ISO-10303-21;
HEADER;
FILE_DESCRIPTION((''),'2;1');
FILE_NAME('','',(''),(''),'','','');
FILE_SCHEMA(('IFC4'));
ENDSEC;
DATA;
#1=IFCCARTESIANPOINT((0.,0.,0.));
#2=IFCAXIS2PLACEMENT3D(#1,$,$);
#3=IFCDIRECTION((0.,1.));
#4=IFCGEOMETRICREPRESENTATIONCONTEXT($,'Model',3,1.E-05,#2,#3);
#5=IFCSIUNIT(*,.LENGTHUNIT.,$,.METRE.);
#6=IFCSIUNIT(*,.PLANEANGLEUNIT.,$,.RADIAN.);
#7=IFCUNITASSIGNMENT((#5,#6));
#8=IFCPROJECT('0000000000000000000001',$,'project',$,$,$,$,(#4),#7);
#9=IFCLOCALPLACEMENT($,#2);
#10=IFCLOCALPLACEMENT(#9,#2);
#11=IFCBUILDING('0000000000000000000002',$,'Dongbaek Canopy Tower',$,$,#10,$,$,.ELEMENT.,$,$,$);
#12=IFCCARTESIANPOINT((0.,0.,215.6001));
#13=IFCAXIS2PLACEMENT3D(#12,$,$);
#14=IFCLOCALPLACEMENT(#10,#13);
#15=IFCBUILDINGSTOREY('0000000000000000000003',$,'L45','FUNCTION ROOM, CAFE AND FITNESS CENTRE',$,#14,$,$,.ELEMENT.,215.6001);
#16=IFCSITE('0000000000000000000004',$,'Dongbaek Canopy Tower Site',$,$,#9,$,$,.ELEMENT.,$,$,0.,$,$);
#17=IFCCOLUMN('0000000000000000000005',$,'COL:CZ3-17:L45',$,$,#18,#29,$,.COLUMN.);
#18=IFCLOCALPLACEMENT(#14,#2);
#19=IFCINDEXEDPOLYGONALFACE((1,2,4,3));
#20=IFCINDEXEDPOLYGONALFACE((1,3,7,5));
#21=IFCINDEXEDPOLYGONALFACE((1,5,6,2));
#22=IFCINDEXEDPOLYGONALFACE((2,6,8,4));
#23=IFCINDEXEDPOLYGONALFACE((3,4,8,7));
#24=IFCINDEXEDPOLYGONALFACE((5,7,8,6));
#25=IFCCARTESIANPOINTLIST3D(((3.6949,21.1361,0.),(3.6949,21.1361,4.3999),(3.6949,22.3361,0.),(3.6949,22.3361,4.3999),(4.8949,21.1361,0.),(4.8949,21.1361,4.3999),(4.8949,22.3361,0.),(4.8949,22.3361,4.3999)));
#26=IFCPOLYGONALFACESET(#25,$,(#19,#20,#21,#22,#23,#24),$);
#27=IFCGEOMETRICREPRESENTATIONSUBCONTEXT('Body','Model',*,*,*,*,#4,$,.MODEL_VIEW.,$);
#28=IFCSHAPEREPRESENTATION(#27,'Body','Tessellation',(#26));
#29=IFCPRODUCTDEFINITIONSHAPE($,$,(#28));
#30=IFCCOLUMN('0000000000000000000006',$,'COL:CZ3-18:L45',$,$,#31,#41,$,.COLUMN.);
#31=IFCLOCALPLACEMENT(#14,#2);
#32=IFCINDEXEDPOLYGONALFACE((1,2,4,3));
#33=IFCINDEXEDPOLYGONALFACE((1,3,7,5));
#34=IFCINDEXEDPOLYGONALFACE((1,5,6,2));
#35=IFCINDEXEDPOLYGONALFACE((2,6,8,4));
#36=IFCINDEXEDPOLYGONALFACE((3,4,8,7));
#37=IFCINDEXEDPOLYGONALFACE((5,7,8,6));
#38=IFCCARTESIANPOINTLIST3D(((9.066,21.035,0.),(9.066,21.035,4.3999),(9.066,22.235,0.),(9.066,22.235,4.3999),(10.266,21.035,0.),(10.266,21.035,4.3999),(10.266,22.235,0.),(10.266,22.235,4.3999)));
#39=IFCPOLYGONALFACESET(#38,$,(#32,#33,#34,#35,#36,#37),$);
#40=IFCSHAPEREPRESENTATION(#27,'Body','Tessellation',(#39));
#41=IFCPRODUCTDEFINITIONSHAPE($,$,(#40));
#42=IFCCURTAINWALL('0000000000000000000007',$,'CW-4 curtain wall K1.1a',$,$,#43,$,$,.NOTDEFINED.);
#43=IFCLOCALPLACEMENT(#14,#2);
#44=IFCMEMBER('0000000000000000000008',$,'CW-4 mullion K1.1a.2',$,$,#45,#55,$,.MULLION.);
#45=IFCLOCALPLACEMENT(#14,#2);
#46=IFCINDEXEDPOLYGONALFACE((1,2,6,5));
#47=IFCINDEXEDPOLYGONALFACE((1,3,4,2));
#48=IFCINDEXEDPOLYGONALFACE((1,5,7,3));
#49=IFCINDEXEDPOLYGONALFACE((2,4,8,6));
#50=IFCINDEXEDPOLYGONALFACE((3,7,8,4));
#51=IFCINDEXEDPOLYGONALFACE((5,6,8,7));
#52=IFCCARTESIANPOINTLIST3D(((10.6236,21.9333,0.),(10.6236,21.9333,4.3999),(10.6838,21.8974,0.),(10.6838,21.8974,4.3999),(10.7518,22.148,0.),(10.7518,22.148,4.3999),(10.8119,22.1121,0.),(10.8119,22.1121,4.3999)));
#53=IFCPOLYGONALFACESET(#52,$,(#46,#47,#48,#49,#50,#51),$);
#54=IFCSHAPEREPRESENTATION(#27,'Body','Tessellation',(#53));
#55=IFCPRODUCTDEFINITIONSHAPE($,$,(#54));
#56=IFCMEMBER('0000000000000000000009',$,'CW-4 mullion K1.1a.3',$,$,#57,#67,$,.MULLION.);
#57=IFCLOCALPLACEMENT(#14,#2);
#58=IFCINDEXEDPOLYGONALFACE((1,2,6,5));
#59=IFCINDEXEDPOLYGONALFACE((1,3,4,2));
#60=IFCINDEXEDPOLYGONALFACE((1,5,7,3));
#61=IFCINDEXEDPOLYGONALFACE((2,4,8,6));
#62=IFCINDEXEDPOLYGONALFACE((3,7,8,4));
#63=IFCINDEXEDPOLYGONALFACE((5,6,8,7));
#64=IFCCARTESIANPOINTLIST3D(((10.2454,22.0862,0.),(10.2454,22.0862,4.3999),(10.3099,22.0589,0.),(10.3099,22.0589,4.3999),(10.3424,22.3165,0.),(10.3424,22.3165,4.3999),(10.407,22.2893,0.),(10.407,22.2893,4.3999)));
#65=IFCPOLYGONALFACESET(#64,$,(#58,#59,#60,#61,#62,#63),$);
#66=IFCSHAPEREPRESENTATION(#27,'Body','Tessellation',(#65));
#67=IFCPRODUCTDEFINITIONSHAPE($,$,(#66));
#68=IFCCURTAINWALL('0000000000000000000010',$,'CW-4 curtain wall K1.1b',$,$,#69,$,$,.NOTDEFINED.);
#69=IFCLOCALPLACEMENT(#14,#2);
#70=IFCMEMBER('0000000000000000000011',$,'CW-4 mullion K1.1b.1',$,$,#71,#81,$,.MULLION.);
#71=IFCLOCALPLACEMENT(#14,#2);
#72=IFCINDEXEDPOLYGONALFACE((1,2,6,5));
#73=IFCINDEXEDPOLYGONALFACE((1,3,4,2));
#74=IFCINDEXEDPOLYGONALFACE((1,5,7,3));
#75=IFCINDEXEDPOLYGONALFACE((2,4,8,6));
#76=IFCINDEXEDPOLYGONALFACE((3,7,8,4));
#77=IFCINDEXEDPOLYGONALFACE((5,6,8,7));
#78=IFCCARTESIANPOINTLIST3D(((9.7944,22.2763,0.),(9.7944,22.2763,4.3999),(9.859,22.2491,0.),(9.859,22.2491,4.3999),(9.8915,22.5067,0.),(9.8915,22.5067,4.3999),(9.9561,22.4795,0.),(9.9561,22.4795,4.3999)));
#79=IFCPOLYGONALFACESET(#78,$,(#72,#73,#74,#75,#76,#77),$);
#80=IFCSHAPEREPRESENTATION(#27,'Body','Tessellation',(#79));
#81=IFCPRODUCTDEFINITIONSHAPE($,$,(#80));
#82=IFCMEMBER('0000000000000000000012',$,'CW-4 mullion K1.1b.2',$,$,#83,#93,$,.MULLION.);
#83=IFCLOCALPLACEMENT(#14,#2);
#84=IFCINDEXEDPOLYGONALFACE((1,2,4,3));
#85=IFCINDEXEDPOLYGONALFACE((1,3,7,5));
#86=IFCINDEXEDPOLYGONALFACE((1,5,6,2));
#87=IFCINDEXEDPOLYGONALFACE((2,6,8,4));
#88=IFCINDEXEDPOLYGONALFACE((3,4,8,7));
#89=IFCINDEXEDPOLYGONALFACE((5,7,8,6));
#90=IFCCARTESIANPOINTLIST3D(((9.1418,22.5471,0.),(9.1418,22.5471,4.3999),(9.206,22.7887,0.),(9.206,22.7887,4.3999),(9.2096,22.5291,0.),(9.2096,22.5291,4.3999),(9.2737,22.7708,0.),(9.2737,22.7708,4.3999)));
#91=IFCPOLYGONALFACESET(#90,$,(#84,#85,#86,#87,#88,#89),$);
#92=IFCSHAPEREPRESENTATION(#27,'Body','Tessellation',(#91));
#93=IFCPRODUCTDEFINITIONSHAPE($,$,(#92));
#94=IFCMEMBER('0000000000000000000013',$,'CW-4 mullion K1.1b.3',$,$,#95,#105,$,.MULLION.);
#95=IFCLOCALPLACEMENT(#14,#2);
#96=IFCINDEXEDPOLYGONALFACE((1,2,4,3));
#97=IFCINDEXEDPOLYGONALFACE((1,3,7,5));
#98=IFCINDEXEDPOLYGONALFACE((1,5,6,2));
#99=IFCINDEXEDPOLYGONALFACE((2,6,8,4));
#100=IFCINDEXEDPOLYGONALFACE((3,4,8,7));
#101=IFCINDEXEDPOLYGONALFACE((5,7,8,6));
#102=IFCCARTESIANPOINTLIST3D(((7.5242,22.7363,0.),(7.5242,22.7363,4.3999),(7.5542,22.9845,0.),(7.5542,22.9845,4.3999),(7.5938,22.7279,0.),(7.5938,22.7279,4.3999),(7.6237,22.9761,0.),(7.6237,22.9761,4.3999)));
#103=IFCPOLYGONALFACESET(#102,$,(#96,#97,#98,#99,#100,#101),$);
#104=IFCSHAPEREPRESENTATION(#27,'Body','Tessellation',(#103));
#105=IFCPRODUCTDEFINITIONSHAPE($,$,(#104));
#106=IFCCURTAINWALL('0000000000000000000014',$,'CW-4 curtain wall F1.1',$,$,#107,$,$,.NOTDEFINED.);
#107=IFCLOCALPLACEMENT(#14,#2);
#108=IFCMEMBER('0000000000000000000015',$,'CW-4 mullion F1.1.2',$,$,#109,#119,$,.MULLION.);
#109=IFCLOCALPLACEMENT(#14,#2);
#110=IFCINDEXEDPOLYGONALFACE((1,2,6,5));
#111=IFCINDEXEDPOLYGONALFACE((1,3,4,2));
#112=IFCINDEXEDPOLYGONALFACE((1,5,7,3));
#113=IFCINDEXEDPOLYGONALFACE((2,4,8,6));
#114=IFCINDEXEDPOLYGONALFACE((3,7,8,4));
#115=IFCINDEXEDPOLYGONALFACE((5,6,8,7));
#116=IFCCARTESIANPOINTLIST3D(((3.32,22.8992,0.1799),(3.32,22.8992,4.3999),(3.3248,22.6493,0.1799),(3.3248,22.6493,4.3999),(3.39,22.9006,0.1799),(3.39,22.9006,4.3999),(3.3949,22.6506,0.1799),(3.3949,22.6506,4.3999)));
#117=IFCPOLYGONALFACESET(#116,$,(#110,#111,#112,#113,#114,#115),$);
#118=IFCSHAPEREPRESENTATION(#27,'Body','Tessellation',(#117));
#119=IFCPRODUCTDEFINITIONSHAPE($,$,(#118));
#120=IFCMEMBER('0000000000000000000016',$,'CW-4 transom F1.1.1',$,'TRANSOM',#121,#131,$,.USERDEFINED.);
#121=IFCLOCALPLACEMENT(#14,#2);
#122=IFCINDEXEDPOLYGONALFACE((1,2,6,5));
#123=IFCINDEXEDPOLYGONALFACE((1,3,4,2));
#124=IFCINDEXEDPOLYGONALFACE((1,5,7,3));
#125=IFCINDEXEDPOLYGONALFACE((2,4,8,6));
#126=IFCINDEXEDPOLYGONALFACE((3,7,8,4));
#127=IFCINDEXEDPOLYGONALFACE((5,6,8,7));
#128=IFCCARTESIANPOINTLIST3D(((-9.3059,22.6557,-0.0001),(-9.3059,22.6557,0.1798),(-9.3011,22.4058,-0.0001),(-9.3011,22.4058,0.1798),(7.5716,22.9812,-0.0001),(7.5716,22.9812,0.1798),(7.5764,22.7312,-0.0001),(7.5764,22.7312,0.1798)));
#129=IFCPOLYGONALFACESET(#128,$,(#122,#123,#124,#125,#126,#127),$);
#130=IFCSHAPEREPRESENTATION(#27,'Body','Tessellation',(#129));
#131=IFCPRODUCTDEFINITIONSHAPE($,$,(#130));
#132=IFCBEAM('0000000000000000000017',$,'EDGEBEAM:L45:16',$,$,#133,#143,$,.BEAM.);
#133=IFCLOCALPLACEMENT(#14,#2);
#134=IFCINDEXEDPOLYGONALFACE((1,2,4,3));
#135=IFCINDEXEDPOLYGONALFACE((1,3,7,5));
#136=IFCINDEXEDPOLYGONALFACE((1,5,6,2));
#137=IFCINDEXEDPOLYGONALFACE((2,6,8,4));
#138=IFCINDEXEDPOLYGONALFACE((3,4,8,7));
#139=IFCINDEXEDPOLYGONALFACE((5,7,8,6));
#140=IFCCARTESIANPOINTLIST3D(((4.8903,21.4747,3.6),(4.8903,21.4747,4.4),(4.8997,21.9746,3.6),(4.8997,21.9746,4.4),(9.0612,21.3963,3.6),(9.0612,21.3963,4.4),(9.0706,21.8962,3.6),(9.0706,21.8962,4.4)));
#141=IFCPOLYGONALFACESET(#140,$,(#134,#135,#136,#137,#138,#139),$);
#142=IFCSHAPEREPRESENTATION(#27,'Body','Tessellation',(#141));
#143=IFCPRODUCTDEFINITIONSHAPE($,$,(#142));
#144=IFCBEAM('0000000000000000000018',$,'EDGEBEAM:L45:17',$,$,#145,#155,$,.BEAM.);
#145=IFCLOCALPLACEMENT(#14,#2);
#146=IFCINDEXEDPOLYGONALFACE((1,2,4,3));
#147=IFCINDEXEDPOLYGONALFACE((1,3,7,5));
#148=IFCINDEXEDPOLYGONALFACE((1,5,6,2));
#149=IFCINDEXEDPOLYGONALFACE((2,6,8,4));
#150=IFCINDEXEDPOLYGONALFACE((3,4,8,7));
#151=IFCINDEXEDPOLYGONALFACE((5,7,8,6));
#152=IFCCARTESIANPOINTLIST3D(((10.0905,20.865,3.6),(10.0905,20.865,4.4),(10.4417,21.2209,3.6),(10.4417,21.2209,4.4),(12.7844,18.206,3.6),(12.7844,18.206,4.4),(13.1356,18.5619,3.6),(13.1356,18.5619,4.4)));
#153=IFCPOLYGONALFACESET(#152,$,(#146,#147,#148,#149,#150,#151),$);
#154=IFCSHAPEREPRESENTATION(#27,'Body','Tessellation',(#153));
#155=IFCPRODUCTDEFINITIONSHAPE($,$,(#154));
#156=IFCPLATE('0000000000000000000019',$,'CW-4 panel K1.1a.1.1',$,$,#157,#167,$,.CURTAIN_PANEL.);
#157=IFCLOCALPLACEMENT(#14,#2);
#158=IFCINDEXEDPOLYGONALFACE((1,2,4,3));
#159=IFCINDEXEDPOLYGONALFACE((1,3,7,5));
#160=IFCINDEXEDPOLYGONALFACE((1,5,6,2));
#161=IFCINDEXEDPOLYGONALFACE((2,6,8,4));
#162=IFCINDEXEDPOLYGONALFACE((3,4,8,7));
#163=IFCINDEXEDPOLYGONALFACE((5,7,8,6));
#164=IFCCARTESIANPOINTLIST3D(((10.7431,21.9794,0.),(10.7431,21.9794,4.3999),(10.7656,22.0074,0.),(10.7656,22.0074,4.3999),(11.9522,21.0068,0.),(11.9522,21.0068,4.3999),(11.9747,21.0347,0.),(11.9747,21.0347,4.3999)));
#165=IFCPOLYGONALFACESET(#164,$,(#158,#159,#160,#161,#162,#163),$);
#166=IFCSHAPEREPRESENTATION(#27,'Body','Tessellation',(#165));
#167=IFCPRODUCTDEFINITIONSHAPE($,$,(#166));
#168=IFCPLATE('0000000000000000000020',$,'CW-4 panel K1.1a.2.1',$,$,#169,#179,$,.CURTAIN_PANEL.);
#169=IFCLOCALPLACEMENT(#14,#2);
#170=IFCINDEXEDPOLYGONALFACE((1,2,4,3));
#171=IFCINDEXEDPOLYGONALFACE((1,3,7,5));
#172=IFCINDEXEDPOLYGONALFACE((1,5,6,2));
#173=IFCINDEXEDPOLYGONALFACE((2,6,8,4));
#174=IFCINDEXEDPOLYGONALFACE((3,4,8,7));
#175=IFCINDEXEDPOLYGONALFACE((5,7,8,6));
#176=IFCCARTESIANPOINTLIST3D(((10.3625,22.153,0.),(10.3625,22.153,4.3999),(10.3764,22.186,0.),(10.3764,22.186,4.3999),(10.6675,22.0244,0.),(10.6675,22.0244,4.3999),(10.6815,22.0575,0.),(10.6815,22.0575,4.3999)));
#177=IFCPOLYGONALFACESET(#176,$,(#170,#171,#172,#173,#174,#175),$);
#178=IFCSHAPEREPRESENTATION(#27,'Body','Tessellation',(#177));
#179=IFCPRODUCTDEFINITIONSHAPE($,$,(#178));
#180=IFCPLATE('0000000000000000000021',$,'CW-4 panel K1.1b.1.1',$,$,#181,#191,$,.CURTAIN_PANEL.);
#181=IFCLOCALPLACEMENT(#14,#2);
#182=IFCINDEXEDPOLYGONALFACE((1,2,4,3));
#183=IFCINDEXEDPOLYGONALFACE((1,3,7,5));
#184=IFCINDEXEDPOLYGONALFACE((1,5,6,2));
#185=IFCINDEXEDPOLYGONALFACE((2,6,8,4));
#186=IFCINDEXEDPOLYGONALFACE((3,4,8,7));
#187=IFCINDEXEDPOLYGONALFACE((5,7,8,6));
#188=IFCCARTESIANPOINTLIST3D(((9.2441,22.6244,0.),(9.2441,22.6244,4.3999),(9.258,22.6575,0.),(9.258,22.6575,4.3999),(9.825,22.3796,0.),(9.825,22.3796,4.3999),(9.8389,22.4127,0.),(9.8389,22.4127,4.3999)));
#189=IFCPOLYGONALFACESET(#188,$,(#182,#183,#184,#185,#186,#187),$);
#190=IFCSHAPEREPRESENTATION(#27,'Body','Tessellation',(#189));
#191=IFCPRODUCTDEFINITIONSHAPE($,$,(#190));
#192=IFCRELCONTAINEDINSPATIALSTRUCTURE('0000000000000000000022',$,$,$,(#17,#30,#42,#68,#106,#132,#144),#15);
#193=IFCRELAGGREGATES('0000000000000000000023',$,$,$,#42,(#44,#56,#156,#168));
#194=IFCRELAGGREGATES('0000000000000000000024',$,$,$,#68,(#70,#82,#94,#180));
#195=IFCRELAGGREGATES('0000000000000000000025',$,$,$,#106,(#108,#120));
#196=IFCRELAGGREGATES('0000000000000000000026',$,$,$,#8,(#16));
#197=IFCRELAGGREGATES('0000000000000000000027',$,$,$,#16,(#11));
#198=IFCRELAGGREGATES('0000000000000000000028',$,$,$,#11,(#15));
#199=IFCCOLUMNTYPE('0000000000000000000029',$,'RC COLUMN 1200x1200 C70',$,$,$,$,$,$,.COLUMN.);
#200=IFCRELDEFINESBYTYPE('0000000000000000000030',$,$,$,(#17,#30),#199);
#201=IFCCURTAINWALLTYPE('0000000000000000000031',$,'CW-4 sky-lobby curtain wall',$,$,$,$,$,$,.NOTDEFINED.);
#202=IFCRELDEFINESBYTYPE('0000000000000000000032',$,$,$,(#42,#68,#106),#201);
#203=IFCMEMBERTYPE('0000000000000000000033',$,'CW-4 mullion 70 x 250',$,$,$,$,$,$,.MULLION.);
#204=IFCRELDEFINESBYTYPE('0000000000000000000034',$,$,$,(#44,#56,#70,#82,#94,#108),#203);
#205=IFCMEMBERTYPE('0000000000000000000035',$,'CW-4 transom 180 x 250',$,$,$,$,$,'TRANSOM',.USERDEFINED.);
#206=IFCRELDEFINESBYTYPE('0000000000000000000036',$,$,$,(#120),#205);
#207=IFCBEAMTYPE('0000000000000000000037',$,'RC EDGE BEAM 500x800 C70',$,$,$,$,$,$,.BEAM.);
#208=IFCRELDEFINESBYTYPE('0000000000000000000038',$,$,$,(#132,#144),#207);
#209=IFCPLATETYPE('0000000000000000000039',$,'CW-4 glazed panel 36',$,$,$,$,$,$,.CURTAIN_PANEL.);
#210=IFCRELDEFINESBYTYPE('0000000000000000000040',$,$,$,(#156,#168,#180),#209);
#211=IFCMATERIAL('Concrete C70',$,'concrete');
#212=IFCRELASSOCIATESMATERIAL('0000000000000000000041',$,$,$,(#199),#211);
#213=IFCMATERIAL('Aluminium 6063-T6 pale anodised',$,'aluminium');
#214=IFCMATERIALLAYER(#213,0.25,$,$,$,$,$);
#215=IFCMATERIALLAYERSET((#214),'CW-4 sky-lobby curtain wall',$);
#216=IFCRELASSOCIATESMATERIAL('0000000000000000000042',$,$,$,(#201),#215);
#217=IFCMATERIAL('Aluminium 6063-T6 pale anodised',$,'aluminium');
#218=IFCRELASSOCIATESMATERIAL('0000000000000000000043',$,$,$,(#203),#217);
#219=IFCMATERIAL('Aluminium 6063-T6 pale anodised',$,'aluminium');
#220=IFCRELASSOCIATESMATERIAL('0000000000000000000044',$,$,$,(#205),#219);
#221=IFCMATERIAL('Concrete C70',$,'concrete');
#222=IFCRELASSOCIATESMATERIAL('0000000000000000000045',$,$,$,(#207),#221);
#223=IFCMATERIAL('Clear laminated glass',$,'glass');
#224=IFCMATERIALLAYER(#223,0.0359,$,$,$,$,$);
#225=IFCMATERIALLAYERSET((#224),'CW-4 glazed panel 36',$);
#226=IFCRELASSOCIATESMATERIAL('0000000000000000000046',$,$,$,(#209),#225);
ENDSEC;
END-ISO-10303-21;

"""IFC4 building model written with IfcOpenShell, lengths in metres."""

from ifc_helpers import new_model, si_unit, direction, frame, origin, origin_2d, place, context, subcontext, project, spatial, rectangle, extrude, material, layer, layer_set, material_profile, profile_set, type_object, element, aggregate, save


model = new_model("IFC4")

# Units and contexts
model_context = context("Model", 3, precision=1e-05, world=origin(), true_north=direction((0.0, 1.0)))
body_context = subcontext(model_context, "Body", "Model", "MODEL_VIEW")
ifc_project = project(units=[si_unit("LENGTHUNIT", "METRE"), si_unit("PLANEANGLEUNIT", "RADIAN")], contexts=[model_context])

# Site, building, storey
site_placement = place(None, origin())
site = spatial("IfcSite", under=ifc_project, at=site_placement, Name="Dongbaek Canopy Tower Site", CompositionType="ELEMENT", RefElevation=0.0)
building_placement = place(site_placement, origin())
building = spatial("IfcBuilding", under=site, at=building_placement, Name="Dongbaek Canopy Tower", CompositionType="ELEMENT")
storey_placement = place(building_placement, frame((0.0, 0.0, 215.6001)))
storey = spatial("IfcBuildingStorey", under=building, at=storey_placement, Name="L45", Description="FUNCTION ROOM, CAFE AND FITNESS CENTRE", CompositionType="ELEMENT", Elevation=215.6001)

# Columns
ifc_material_1 = material(Name="Concrete C70", Category="concrete")
ifc_material_profile_1 = material_profile(ifc_material_1, rectangle(XDim=1.2, YDim=1.2, at=origin_2d()), Name="RC COLUMN 1200x1200 C70")
ifc_profile_set_1 = profile_set([ifc_material_profile_1], Name="Concrete C70")
column_type = type_object("IfcColumnType", Name="RC COLUMN 1200x1200 C70", PredefinedType="COLUMN", material=ifc_profile_set_1)
for number, where, z_axis, x_axis, name in (
    (1, (4.2949, 21.7361, 0.0), (0.0, 0.0, 1.0), (1.0, 0.0, 0.0), "COL:CZ3-17:L45"),
    (2, (9.666, 21.635, 0.0), (0.0, 0.0, 1.0), (1.0, 0.0, 0.0), "COL:CZ3-18:L45"),
):
    element("IfcColumn", number, at=place(storey_placement, frame(where, z_axis=z_axis, x_axis=x_axis)), inside=storey, type_object=column_type, Name=name, PredefinedType="COLUMN", context=body_context, shape_type="SweptSolid", body=[
        extrude(rectangle(XDim=1.2, YDim=1.2, at=origin_2d()), origin(), (0.0, 0.0, 1.0), 4.3999),
    ])

# Curtain walls, members
ifc_material_2 = material(Name="Aluminium 6063-T6 pale anodised", Category="aluminium")
ifc_layer_1 = layer(ifc_material_2, 0.25)
ifc_layer_set_1 = layer_set([ifc_layer_1], Name="CW-4 sky-lobby curtain wall")
curtain_wall_type = type_object("IfcCurtainWallType", Name="CW-4 sky-lobby curtain wall", PredefinedType="NOTDEFINED", material=ifc_layer_set_1)
curtain_wall_1_placement = place(storey_placement, origin())
curtain_wall_1 = element("IfcCurtainWall", 3, at=curtain_wall_1_placement, inside=storey, type_object=curtain_wall_type, Name="CW-4 curtain wall K1.1a", PredefinedType="NOTDEFINED")
ifc_material_3 = material(Name="Aluminium 6063-T6 pale anodised", Category="aluminium")
ifc_material_profile_2 = material_profile(ifc_material_3, rectangle(XDim=0.25, YDim=0.0701, at=origin_2d()), Name="CW-4 mullion 70 x 250")
ifc_profile_set_2 = profile_set([ifc_material_profile_2], Name="Aluminium 6063-T6 pale anodised")
member_type_1 = type_object("IfcMemberType", Name="CW-4 mullion 70 x 250", PredefinedType="MULLION", material=ifc_profile_set_2)
member_1_placement = place(storey_placement, frame((10.7178, 22.0227, 0.0), z_axis=(0.0, 0.0, 1.0), x_axis=(0.512498, 0.858688, 0.0)))
member_1 = element("IfcMember", 4, at=member_1_placement, type_object=member_type_1, Name="CW-4 mullion K1.1a.2", PredefinedType="MULLION", context=body_context, shape_type="SweptSolid", body=[
    extrude(rectangle(XDim=0.25, YDim=0.0701, at=origin_2d()), origin(), (0.0, 0.0, 1.0), 4.3999),
])
member_2_placement = place(storey_placement, frame((10.3262, 22.1877, 0.0), z_axis=(0.0, 0.0, 1.0), x_axis=(0.388268, 0.921547, 0.0)))
member_2 = element("IfcMember", 5, at=member_2_placement, type_object=member_type_1, Name="CW-4 mullion K1.1a.3", PredefinedType="MULLION", context=body_context, shape_type="SweptSolid", body=[
    extrude(rectangle(XDim=0.25, YDim=0.0701, at=origin_2d()), origin(), (0.0, 0.0, 1.0), 4.3999),
])
curtain_wall_2_placement = place(storey_placement, origin())
curtain_wall_2 = element("IfcCurtainWall", 6, at=curtain_wall_2_placement, inside=storey, type_object=curtain_wall_type, Name="CW-4 curtain wall K1.1b", PredefinedType="NOTDEFINED")
member_3_placement = place(storey_placement, frame((9.8752, 22.3779, 0.0), z_axis=(0.0, 0.0, 1.0), x_axis=(0.388268, 0.921547, 0.0)))
member_3 = element("IfcMember", 7, at=member_3_placement, type_object=member_type_1, Name="CW-4 mullion K1.1b.1", PredefinedType="MULLION", context=body_context, shape_type="SweptSolid", body=[
    extrude(rectangle(XDim=0.25, YDim=0.0701, at=origin_2d()), origin(), (0.0, 0.0, 1.0), 4.3999),
])
member_4_placement = place(storey_placement, frame((9.2078, 22.6589, 0.0), z_axis=(0.0, 0.0, 1.0), x_axis=(0.256511, 0.966541, 0.0)))
member_4 = element("IfcMember", 8, at=member_4_placement, type_object=member_type_1, Name="CW-4 mullion K1.1b.2", PredefinedType="MULLION", context=body_context, shape_type="SweptSolid", body=[
    extrude(rectangle(XDim=0.25, YDim=0.0701, at=origin_2d()), origin(), (0.0, 0.0, 1.0), 4.3999),
])
member_5_placement = place(storey_placement, frame((7.574, 22.8562, 0.0), z_axis=(0.0, 0.0, 1.0), x_axis=(0.119781, 0.9928, 0.0)))
member_5 = element("IfcMember", 9, at=member_5_placement, type_object=member_type_1, Name="CW-4 mullion K1.1b.3", PredefinedType="MULLION", context=body_context, shape_type="SweptSolid", body=[
    extrude(rectangle(XDim=0.25, YDim=0.0701, at=origin_2d()), origin(), (0.0, 0.0, 1.0), 4.3999),
])
curtain_wall_3_placement = place(storey_placement, origin())
curtain_wall_3 = element("IfcCurtainWall", 10, at=curtain_wall_3_placement, inside=storey, type_object=curtain_wall_type, Name="CW-4 curtain wall F1.1", PredefinedType="NOTDEFINED")
member_6_placement = place(storey_placement, frame((3.3574, 22.7749, 0.1799), z_axis=(0.0, 0.0, 1.0), x_axis=(-0.01927, 0.999814, 0.0)))
member_6 = element("IfcMember", 11, at=member_6_placement, type_object=member_type_1, Name="CW-4 mullion F1.1.2", PredefinedType="MULLION", context=body_context, shape_type="SweptSolid", body=[
    extrude(rectangle(XDim=0.25, YDim=0.0701, at=origin_2d()), origin(), (0.0, 0.0, 1.0), 4.22),
])
ifc_material_4 = material(Name="Aluminium 6063-T6 pale anodised", Category="aluminium")
ifc_material_profile_3 = material_profile(ifc_material_4, rectangle(XDim=0.25, YDim=0.1799, at=origin_2d()), Name="CW-4 transom 180 x 250")
ifc_profile_set_3 = profile_set([ifc_material_profile_3], Name="Aluminium 6063-T6 pale anodised")
member_type_2 = type_object("IfcMemberType", Name="CW-4 transom 180 x 250", ElementType="TRANSOM", PredefinedType="USERDEFINED", material=ifc_profile_set_3)
member_7_placement = place(storey_placement, frame((7.574, 22.8562, 0.0898), z_axis=(-0.999814, -0.019279, 0.0), x_axis=(0.019279, -0.999814, 0.0)))
member_7 = element("IfcMember", 12, at=member_7_placement, type_object=member_type_2, Name="CW-4 transom F1.1.1", ObjectType="TRANSOM", PredefinedType="USERDEFINED", context=body_context, shape_type="SweptSolid", body=[
    extrude(rectangle(XDim=0.25, YDim=0.1799, at=origin_2d()), origin(), (0.0, 0.0, 1.0), 16.8806),
])

# Beams
ifc_material_5 = material(Name="Concrete C70", Category="concrete")
ifc_material_profile_4 = material_profile(ifc_material_5, rectangle(XDim=0.5, YDim=0.8, at=origin_2d()), Name="RC EDGE BEAM 500x800 C70")
ifc_profile_set_4 = profile_set([ifc_material_profile_4], Name="Concrete C70")
beam_type = type_object("IfcBeamType", Name="RC EDGE BEAM 500x800 C70", PredefinedType="BEAM", material=ifc_profile_set_4)
beam_1_placement = place(storey_placement, frame((4.895, 21.7246, 4.0), z_axis=(0.999824, -0.018786, 0.0), x_axis=(0.018786, 0.999824, 0.0)))
element("IfcBeam", 13, at=beam_1_placement, inside=storey, type_object=beam_type, Name="EDGEBEAM:L45:16", PredefinedType="BEAM", context=body_context, shape_type="SweptSolid", body=[
    extrude(rectangle(XDim=0.5, YDim=0.8, at=origin_2d()), origin(), (0.0, 0.0, 1.0), 4.1716),
])
beam_2_placement = place(storey_placement, frame((10.2661, 21.043, 4.0), z_axis=(0.711704, -0.70248, 0.0), x_axis=(0.70248, 0.711704, 0.0)))
element("IfcBeam", 14, at=beam_2_placement, inside=storey, type_object=beam_type, Name="EDGEBEAM:L45:17", PredefinedType="BEAM", context=body_context, shape_type="SweptSolid", body=[
    extrude(rectangle(XDim=0.5, YDim=0.8, at=origin_2d()), origin(), (0.0, 0.0, 1.0), 3.7852),
])

# Plates
ifc_material_6 = material(Name="Clear laminated glass", Category="glass")
ifc_layer_2 = layer(ifc_material_6, 0.0359)
ifc_layer_set_2 = layer_set([ifc_layer_2], Name="CW-4 glazed panel 36")
plate_type = type_object("IfcPlateType", Name="CW-4 glazed panel 36", PredefinedType="CURTAIN_PANEL", material=ifc_layer_set_2)
plate_1_placement = place(storey_placement, frame((11.3589, 21.5071, 0.0), z_axis=(0.0, 0.0, 1.0), x_axis=(-0.779184, 0.626795, 0.0)))
plate_1 = element("IfcPlate", 15, at=plate_1_placement, type_object=plate_type, Name="CW-4 panel K1.1a.1.1", PredefinedType="CURTAIN_PANEL", context=body_context, shape_type="SweptSolid", body=[
    extrude(rectangle(XDim=1.5518, YDim=0.0359, at=origin_2d()), origin(), (0.0, 0.0, 1.0), 4.3999),
])
plate_2_placement = place(storey_placement, frame((10.522, 22.1052, 0.0), z_axis=(0.0, 0.0, 1.0), x_axis=(-0.921547, 0.388268, 0.0)))
plate_2 = element("IfcPlate", 16, at=plate_2_placement, type_object=plate_type, Name="CW-4 panel K1.1a.2.1", PredefinedType="CURTAIN_PANEL", context=body_context, shape_type="SweptSolid", body=[
    extrude(rectangle(XDim=0.3311, YDim=0.0359, at=origin_2d()), origin(), (0.0, 0.0, 1.0), 4.3999),
])
aggregate(curtain_wall_1, [member_1, member_2, plate_1, plate_2])
plate_3_placement = place(storey_placement, frame((9.5415, 22.5186, 0.0), z_axis=(0.0, 0.0, 1.0), x_axis=(-0.921547, 0.388268, 0.0)))
plate_3 = element("IfcPlate", 17, at=plate_3_placement, type_object=plate_type, Name="CW-4 panel K1.1b.1.1", PredefinedType="CURTAIN_PANEL", context=body_context, shape_type="SweptSolid", body=[
    extrude(rectangle(XDim=0.6304, YDim=0.0359, at=origin_2d()), origin(), (0.0, 0.0, 1.0), 4.3999),
])
aggregate(curtain_wall_2, [member_3, member_4, member_5, plate_3])
aggregate(curtain_wall_3, [member_6, member_7])

save(model, "model.ifc")
